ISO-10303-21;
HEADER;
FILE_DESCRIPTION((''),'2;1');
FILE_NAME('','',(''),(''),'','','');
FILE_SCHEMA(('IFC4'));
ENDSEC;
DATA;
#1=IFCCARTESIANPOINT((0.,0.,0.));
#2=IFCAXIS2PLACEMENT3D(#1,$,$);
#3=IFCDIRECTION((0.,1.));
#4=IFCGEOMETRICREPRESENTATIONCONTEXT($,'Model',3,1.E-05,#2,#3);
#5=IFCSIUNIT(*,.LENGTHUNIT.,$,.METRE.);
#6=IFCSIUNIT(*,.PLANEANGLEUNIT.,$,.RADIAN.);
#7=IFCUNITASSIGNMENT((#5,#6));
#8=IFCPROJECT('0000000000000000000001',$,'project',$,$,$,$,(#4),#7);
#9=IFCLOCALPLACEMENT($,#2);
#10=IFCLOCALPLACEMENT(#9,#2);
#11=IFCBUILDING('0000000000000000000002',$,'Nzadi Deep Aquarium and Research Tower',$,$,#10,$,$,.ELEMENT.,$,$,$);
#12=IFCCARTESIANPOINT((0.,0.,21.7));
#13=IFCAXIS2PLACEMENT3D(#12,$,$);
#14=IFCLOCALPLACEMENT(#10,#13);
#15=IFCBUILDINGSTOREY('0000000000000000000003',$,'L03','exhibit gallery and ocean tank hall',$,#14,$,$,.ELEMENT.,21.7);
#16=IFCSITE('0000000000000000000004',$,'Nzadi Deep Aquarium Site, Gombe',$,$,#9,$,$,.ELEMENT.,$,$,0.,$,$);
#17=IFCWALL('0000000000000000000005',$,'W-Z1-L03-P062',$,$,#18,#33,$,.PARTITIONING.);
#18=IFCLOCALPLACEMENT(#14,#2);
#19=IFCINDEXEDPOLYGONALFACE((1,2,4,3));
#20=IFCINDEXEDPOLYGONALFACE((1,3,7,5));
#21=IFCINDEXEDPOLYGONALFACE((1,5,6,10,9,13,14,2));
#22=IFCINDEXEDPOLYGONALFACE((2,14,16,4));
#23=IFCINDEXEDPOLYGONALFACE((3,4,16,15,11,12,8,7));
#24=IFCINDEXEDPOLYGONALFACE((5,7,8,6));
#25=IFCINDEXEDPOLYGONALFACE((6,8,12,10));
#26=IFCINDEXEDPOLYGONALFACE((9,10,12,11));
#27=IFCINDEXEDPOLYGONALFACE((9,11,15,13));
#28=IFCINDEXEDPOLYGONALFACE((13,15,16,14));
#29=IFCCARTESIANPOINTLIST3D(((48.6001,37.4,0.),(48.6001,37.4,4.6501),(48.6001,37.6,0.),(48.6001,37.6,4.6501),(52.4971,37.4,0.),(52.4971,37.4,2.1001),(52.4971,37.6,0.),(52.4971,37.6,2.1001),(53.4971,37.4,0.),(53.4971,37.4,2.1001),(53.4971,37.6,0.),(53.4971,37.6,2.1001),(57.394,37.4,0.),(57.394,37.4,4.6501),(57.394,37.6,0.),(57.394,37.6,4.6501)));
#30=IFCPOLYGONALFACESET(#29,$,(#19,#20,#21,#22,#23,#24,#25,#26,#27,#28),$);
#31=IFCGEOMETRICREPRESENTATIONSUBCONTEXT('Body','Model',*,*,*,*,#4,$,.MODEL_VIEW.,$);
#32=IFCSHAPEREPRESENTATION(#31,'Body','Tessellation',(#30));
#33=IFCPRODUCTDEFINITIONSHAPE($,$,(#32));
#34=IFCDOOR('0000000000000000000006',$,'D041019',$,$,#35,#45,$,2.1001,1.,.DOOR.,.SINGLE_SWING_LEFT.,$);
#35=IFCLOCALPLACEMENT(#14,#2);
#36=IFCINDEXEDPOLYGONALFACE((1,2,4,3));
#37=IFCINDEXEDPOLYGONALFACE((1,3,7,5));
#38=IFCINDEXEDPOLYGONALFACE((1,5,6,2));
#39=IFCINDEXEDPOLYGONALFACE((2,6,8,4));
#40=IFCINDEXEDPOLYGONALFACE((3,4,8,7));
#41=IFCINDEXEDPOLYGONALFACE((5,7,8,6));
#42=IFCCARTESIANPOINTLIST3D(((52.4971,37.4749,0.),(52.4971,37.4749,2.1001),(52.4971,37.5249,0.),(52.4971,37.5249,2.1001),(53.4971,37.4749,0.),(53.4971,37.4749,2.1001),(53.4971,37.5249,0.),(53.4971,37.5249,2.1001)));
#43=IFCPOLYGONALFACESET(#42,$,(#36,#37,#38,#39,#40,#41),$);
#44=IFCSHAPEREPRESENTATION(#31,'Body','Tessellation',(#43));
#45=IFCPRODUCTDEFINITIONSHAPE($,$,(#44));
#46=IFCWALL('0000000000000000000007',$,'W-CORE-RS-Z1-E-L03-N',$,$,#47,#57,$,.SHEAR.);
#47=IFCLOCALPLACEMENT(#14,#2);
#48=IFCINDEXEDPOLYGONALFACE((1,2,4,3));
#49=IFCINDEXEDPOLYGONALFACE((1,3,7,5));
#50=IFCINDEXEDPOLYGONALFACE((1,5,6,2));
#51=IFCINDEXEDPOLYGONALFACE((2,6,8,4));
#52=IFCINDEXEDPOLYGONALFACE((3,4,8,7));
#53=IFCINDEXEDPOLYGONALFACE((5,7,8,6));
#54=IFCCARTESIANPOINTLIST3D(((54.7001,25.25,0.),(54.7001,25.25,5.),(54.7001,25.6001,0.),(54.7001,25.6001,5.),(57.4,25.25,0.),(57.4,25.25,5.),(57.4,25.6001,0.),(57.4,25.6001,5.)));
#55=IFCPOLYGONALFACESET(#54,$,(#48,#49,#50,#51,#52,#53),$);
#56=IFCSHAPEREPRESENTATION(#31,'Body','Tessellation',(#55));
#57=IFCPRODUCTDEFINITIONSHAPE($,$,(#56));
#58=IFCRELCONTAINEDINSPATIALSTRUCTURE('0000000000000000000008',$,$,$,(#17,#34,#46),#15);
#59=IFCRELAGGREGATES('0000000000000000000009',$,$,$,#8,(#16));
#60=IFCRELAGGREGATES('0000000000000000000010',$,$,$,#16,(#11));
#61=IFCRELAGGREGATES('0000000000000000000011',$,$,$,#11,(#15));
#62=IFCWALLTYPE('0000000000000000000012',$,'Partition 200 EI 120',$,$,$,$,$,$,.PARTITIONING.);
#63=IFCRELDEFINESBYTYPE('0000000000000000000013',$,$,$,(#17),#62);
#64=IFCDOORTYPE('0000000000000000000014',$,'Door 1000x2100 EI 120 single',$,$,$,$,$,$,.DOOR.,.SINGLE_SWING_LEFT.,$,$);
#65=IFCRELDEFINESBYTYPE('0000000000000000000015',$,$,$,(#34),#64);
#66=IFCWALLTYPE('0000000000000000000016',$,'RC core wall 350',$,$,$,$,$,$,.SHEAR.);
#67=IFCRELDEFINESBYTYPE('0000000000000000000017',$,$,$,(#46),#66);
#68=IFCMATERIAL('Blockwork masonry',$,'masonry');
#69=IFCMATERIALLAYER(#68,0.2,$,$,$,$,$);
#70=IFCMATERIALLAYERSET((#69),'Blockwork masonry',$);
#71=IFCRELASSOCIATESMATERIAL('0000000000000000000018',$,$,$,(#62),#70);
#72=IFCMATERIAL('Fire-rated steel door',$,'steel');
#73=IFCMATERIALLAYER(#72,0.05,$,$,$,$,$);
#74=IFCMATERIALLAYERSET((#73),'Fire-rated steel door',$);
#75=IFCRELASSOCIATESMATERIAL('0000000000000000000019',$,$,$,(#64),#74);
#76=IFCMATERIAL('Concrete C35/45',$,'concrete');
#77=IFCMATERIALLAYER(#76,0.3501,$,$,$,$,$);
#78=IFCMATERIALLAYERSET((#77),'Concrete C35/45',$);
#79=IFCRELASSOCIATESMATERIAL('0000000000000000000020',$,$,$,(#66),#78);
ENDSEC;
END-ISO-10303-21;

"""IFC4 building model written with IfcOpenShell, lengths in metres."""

from ifc_helpers import new_model, si_unit, direction, frame, frame_2d, origin, place, context, subcontext, project, spatial, rectangle, extrude, material, layer, layer_set, type_object, element, fill, save


model = new_model("IFC4")

# Units and contexts
model_context = context("Model", 3, precision=1e-05, world=origin(), true_north=direction((0.0, 1.0)))
body_context = subcontext(model_context, "Body", "Model", "MODEL_VIEW")
ifc_project = project(units=[si_unit("LENGTHUNIT", "METRE"), si_unit("PLANEANGLEUNIT", "RADIAN")], contexts=[model_context])

# Site, building, storey
site_placement = place(None, origin())
site = spatial("IfcSite", under=ifc_project, at=site_placement, Name="Nzadi Deep Aquarium Site, Gombe", CompositionType="ELEMENT", RefElevation=0.0)
building_placement = place(site_placement, origin())
building = spatial("IfcBuilding", under=site, at=building_placement, Name="Nzadi Deep Aquarium and Research Tower", CompositionType="ELEMENT")
storey_placement = place(building_placement, frame((0.0, 0.0, 21.7)))
storey = spatial("IfcBuildingStorey", under=building, at=storey_placement, Name="L03", Description="exhibit gallery and ocean tank hall", CompositionType="ELEMENT", Elevation=21.7)

# Shared definitions
ifc_material_1 = material(Name="Blockwork masonry", Category="masonry")
ifc_layer_1 = layer(ifc_material_1, 0.2)
ifc_layer_set_1 = layer_set([ifc_layer_1], Name="Blockwork masonry")
wall_type_1 = type_object("IfcWallType", Name="Partition 200 EI 120", PredefinedType="PARTITIONING", material=ifc_layer_set_1)
ifc_material_2 = material(Name="Fire-rated steel door", Category="steel")
ifc_layer_2 = layer(ifc_material_2, 0.05)
ifc_layer_set_2 = layer_set([ifc_layer_2], Name="Fire-rated steel door")
door_type_1 = type_object("IfcDoorType", Name="Door 1000x2100 EI 120 single", OperationType="SINGLE_SWING_LEFT", PredefinedType="DOOR", material=ifc_layer_set_2)

# Wall, opening, door
wall_1_placement = place(storey_placement, frame((48.6001, 37.5, 0.0), z_axis=(0.0, 0.0, 1.0), x_axis=(1.0, 0.0, 0.0)))
wall_1 = element("IfcWall", 1, at=wall_1_placement, inside=storey, type_object=wall_type_1, Name="W-Z1-L03-P062", PredefinedType="PARTITIONING", context=body_context, shape_type="SweptSolid", body=[
    extrude(rectangle(XDim=8.7939, YDim=0.2, at=frame_2d((4.397, 0.0))), origin(), (0.0, 0.0, 1.0), 4.6501),
])
opening_1_placement = place(wall_1_placement, frame((3.897, 0.0, 0.0)))
opening_1 = element("IfcOpeningElement", 2, at=opening_1_placement, cuts=wall_1, PredefinedType="OPENING", context=body_context, shape_type="SweptSolid", body=[
    extrude(rectangle(XDim=1.0, YDim=2.1001, at=frame_2d((0.5, 1.05))), frame((0.0, 0.1101, 0.0), z_axis=(0.0, -1.0, 0.0), x_axis=(1.0, 0.0, 0.0)), (0.0, 0.0, 1.0), 0.2202),
])
door_1_placement = place(opening_1_placement, origin())
door_1 = element("IfcDoor", 3, at=door_1_placement, inside=storey, type_object=door_type_1, Name="D041019", OperationType="SINGLE_SWING_LEFT", OverallHeight=2.1001, OverallWidth=1.0, PredefinedType="DOOR", context=body_context, shape_type="SweptSolid", body=[
    extrude(rectangle(XDim=1.0, YDim=2.1001, at=frame_2d((0.5, 1.05))), frame((0.0, 0.0249, 0.0), z_axis=(0.0, -1.0, 0.0), x_axis=(1.0, 0.0, 0.0)), (0.0, 0.0, 1.0), 0.05),
])
fill(opening_1, door_1)

# Wall
ifc_material_3 = material(Name="Concrete C35/45", Category="concrete")
ifc_layer_3 = layer(ifc_material_3, 0.3501)
ifc_layer_set_3 = layer_set([ifc_layer_3], Name="Concrete C35/45")
wall_type_2 = type_object("IfcWallType", Name="RC core wall 350", PredefinedType="SHEAR", material=ifc_layer_set_3)
wall_2_placement = place(storey_placement, frame((54.7, 25.425, 0.0), z_axis=(0.0, 0.0, 1.0), x_axis=(1.0, 0.0, 0.0)))
element("IfcWall", 4, at=wall_2_placement, inside=storey, type_object=wall_type_2, Name="W-CORE-RS-Z1-E-L03-N", PredefinedType="SHEAR", context=body_context, shape_type="SweptSolid", body=[
    extrude(rectangle(XDim=2.7, YDim=0.3501, at=frame_2d((1.3501, 0.0))), origin(), (0.0, 0.0, 1.0), 5.0),
])

save(model, "model.ifc")
